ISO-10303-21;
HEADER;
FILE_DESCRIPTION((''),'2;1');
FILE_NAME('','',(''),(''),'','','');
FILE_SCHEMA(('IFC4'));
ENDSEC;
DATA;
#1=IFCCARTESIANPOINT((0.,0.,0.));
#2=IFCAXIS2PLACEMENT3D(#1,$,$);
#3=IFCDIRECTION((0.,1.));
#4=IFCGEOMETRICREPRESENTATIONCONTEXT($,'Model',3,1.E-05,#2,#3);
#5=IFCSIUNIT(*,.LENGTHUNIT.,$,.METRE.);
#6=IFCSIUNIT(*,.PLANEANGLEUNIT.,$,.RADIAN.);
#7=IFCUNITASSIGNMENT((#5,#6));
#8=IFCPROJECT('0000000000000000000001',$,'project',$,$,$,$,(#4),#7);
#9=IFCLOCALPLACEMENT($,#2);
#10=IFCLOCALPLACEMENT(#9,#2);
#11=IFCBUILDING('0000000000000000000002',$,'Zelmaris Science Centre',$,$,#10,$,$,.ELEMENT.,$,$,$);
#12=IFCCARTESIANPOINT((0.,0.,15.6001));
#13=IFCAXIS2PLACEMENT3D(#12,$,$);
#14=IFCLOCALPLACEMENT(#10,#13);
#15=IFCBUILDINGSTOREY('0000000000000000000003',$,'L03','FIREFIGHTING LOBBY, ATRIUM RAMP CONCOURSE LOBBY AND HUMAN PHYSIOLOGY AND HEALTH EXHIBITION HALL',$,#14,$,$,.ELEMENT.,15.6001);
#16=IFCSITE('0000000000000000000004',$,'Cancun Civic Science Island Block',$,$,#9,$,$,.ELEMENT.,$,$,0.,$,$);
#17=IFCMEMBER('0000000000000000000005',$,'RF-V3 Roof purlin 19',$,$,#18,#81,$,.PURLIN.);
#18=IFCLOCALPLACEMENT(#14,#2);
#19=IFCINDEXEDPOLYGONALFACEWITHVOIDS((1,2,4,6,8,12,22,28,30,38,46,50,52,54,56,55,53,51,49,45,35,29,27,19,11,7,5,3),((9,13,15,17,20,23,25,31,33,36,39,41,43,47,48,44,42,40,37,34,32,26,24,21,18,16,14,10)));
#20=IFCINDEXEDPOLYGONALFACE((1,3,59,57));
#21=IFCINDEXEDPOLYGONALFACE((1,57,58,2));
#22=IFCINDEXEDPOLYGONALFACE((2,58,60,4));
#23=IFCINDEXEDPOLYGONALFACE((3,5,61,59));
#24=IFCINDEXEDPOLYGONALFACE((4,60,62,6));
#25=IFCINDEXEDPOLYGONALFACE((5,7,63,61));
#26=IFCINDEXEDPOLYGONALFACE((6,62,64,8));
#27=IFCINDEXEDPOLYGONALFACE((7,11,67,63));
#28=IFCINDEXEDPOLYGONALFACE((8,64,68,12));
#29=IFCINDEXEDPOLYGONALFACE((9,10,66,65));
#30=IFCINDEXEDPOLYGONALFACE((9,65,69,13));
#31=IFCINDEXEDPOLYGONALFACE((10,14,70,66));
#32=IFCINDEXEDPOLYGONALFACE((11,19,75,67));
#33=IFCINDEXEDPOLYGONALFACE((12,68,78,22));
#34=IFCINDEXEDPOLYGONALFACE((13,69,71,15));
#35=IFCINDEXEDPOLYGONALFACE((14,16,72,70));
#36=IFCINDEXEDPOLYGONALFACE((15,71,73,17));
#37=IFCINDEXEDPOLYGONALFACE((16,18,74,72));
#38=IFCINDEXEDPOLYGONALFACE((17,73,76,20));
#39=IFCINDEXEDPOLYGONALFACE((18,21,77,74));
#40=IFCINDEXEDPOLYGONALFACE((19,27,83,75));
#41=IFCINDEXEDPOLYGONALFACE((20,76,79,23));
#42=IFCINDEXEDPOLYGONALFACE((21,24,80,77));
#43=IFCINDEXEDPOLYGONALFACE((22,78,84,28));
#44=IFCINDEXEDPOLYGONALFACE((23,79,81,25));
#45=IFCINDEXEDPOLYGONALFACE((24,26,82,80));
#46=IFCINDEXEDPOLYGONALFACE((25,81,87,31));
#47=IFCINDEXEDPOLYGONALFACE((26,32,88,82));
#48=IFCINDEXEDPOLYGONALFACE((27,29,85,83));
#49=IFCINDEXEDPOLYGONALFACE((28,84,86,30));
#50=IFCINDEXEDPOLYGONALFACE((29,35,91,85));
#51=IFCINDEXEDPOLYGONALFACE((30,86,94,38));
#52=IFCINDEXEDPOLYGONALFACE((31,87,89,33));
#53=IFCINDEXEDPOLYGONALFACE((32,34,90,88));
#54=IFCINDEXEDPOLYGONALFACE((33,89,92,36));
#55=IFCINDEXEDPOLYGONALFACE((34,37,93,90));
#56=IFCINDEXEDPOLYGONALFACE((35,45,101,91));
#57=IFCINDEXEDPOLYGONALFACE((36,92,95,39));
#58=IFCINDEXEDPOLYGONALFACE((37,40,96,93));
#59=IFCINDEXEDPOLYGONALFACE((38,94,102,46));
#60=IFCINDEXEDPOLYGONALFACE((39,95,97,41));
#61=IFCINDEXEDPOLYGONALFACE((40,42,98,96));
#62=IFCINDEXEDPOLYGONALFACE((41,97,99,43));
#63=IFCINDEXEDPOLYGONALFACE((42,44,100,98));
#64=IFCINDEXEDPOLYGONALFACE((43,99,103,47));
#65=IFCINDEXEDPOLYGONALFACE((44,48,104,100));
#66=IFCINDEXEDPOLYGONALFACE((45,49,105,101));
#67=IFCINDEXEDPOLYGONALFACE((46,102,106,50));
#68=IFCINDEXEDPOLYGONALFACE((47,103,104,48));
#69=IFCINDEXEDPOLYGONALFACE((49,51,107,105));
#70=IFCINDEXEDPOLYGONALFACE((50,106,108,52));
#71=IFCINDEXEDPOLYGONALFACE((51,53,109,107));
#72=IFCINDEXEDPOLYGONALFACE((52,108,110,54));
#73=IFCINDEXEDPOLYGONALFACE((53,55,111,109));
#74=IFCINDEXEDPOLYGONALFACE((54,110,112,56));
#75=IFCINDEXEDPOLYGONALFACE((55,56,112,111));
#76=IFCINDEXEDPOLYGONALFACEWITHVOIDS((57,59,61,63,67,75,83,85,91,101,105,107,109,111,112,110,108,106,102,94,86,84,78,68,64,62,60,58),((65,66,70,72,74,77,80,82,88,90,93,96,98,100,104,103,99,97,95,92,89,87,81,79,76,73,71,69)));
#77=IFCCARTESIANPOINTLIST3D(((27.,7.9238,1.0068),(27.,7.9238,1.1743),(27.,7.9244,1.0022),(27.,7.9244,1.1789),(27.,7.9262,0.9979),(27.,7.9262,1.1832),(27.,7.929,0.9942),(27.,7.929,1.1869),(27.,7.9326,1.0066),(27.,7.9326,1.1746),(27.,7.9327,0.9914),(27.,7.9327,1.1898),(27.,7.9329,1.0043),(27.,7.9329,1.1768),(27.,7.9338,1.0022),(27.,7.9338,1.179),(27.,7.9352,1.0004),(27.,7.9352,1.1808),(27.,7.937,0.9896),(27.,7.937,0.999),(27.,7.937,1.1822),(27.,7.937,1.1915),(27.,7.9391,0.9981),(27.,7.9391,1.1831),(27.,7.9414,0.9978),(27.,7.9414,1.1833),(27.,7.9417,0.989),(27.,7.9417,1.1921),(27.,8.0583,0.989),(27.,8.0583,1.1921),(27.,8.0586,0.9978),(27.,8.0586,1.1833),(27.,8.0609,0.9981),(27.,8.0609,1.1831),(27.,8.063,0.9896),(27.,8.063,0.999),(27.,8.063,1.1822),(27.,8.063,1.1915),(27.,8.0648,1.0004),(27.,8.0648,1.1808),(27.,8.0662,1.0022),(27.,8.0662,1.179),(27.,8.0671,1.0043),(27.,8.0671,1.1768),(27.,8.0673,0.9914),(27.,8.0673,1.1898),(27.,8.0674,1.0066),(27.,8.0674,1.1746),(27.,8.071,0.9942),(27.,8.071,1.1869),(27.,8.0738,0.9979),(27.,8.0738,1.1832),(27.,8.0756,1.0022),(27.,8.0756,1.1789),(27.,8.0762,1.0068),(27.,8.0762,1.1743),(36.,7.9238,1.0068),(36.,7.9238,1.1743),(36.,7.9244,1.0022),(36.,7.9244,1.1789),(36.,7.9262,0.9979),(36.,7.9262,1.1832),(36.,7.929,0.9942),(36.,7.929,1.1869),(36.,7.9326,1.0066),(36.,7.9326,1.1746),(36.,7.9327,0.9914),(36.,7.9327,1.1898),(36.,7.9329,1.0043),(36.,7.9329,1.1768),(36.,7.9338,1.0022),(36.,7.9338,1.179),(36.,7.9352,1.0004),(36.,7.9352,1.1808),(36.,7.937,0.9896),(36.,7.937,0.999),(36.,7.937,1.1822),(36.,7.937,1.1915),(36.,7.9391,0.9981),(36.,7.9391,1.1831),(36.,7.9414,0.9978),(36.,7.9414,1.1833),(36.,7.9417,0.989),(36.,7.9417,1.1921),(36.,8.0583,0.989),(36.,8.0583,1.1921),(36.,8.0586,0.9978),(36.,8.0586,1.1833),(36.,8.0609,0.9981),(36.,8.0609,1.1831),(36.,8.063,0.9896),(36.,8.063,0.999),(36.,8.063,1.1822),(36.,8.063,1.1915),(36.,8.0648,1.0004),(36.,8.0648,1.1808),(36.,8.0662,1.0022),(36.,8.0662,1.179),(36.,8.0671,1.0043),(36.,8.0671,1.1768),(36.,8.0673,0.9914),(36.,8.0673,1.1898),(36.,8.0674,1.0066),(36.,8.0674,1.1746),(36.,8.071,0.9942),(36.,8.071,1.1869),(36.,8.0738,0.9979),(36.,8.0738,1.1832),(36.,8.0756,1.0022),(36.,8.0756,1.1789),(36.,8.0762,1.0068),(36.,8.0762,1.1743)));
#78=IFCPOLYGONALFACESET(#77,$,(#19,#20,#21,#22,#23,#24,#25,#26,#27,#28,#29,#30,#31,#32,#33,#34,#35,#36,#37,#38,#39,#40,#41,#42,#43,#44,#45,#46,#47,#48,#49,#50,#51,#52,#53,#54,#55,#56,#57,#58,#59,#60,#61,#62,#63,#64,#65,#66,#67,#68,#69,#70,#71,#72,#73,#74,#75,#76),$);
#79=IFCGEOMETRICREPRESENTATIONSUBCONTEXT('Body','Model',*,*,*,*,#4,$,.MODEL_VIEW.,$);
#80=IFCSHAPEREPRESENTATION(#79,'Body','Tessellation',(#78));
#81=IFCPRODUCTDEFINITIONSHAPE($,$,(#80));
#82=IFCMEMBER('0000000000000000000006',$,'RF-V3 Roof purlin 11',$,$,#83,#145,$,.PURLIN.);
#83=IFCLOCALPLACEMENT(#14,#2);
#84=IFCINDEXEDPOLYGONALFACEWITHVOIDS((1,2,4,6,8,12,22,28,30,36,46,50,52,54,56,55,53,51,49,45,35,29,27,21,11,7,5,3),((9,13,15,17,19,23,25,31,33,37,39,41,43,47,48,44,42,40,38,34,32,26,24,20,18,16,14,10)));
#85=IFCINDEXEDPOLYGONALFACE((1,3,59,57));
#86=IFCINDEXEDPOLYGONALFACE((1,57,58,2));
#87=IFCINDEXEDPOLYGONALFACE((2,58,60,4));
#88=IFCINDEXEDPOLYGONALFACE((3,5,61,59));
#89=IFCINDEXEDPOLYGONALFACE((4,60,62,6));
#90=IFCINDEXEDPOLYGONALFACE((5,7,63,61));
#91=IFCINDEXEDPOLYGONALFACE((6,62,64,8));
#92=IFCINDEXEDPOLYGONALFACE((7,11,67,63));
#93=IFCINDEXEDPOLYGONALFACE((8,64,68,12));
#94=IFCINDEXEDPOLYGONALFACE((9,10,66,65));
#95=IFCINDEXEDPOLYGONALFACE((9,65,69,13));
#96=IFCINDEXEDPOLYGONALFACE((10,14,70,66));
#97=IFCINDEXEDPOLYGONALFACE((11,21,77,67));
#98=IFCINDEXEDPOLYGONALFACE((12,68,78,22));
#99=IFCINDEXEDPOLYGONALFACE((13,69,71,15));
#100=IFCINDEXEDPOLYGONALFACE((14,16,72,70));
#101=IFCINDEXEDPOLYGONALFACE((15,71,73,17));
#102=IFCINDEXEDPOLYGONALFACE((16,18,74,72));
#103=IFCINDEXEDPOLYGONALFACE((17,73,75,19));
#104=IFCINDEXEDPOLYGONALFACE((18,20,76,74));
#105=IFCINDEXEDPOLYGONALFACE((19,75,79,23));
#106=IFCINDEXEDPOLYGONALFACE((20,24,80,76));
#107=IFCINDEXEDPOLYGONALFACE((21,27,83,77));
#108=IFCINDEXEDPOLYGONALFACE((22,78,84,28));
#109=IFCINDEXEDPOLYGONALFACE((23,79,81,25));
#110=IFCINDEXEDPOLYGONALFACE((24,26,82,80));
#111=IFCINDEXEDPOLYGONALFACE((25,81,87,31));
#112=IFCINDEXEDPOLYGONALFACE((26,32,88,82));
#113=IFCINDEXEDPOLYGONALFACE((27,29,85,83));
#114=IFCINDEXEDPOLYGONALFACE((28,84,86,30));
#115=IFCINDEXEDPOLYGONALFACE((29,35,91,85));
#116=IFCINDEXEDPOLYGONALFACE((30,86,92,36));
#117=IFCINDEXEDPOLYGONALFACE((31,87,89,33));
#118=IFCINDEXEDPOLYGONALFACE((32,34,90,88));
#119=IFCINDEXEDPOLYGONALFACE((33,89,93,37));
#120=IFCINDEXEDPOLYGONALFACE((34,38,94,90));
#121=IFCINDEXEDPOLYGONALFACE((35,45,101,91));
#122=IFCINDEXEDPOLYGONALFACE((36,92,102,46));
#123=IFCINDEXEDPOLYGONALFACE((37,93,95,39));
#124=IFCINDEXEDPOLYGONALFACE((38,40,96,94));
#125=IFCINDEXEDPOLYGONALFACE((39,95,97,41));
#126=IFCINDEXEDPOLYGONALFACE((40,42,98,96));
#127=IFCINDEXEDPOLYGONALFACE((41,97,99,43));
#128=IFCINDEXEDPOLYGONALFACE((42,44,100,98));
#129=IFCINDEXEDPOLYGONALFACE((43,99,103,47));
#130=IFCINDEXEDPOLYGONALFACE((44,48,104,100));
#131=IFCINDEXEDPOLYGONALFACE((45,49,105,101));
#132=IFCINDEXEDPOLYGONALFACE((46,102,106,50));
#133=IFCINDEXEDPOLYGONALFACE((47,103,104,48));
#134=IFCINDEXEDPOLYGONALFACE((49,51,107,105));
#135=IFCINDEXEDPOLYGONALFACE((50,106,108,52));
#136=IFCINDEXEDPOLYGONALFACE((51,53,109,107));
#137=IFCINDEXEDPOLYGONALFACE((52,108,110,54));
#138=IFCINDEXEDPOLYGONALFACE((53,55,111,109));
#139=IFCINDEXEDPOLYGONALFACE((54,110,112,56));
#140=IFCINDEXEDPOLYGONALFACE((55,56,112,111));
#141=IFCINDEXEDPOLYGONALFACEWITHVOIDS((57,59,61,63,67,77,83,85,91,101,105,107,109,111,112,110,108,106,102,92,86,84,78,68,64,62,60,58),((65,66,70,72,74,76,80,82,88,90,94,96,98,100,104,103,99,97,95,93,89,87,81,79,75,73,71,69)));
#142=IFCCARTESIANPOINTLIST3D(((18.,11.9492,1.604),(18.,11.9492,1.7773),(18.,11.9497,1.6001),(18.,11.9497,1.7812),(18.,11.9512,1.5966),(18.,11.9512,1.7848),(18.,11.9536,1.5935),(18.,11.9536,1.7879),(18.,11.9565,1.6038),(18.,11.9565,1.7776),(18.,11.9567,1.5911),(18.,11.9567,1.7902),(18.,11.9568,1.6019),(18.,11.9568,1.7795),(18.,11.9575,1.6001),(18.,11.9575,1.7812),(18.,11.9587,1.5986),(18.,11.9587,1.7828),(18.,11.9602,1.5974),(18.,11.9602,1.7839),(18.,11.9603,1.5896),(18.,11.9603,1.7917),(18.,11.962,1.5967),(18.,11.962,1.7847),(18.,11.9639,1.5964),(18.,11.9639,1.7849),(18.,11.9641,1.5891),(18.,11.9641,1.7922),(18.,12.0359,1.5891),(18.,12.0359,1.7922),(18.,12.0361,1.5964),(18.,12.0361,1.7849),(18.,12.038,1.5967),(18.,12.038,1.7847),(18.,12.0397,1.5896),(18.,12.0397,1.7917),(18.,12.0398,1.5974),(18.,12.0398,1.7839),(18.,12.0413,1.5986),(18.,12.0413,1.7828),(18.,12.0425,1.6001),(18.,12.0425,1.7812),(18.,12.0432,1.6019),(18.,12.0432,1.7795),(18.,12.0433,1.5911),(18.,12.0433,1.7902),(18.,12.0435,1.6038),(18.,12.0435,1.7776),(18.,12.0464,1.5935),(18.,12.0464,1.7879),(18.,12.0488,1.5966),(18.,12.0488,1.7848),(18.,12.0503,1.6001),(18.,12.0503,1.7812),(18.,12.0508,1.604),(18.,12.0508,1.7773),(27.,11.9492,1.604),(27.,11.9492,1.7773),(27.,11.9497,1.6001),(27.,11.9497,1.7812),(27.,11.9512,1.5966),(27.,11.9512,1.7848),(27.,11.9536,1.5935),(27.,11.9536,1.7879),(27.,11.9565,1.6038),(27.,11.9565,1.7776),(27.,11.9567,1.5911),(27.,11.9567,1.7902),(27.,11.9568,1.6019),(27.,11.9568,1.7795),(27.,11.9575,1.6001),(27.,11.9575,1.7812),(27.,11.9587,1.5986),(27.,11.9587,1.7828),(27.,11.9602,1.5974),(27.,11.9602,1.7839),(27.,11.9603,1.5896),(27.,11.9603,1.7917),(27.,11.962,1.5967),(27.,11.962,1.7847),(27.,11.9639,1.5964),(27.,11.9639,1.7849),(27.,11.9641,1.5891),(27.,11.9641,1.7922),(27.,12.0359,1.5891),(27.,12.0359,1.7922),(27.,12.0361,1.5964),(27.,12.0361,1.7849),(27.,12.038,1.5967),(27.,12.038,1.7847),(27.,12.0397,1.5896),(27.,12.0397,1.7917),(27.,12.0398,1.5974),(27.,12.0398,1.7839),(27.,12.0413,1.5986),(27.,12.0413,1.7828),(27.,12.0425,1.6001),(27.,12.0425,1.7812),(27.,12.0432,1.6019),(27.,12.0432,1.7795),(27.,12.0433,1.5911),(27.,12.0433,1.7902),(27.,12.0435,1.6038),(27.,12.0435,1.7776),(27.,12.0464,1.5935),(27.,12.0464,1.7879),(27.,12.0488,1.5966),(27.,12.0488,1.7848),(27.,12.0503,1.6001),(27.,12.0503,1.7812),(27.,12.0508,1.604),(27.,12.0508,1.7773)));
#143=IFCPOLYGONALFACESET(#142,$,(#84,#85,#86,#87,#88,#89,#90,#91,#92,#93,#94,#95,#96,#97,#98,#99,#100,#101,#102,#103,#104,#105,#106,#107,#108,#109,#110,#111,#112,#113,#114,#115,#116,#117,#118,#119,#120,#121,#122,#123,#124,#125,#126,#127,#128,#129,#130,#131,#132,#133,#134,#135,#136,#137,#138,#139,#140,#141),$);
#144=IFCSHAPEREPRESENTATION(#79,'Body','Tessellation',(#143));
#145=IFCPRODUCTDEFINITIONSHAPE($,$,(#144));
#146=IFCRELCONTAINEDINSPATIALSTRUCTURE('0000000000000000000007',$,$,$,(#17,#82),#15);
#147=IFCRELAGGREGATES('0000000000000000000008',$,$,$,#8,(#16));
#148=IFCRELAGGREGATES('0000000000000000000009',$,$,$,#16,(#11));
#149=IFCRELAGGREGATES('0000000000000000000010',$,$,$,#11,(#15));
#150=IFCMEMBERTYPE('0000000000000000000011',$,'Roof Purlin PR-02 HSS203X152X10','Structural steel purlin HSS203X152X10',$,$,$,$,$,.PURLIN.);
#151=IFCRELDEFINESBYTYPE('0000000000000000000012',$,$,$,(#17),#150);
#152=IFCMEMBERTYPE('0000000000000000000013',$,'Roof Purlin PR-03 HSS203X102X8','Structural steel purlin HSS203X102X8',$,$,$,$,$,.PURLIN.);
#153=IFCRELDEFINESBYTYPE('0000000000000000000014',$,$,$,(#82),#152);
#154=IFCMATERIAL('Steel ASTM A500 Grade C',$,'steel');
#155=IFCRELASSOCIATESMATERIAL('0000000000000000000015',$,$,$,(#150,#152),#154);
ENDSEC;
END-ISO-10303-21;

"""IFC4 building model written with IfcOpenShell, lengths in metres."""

from ifc_helpers import new_model, si_unit, direction, frame, origin, origin_2d, place, context, subcontext, project, spatial, hollow_rectangle, extrude, material, material_profile, profile_set, type_object, element, save


model = new_model("IFC4")

# Units and contexts
model_context = context("Model", 3, precision=1e-05, world=origin(), true_north=direction((0.0, 1.0)))
body_context = subcontext(model_context, "Body", "Model", "MODEL_VIEW")
ifc_project = project(units=[si_unit("LENGTHUNIT", "METRE"), si_unit("PLANEANGLEUNIT", "RADIAN")], contexts=[model_context])

# Site, building, storey
site_placement = place(None, origin())
site = spatial("IfcSite", under=ifc_project, at=site_placement, Name="Cancun Civic Science Island Block", CompositionType="ELEMENT", RefElevation=0.0)
building_placement = place(site_placement, origin())
building = spatial("IfcBuilding", under=site, at=building_placement, Name="Zelmaris Science Centre", CompositionType="ELEMENT")
storey_placement = place(building_placement, frame((0.0, 0.0, 15.6001)))
storey = spatial("IfcBuildingStorey", under=building, at=storey_placement, Name="L03", Description="FIREFIGHTING LOBBY, ATRIUM RAMP CONCOURSE LOBBY AND HUMAN PHYSIOLOGY AND HEALTH EXHIBITION HALL", CompositionType="ELEMENT", Elevation=15.6001)

# Shared definitions
ifc_material = material(Name="Steel ASTM A500 Grade C", Category="steel")

# Members
ifc_material_profile_1 = material_profile(ifc_material, hollow_rectangle(XDim=0.1523, YDim=0.2031, WallThickness=0.0088, InnerFilletRadius=0.0088, OuterFilletRadius=0.0178, at=origin_2d()), Name="HSS203X152X10")
ifc_profile_set_1 = profile_set([ifc_material_profile_1], Name="Steel ASTM A500 Grade C")
member_type_1 = type_object("IfcMemberType", Name="Roof Purlin PR-02 HSS203X152X10", Description="Structural steel purlin HSS203X152X10", PredefinedType="PURLIN", material=ifc_profile_set_1)
for number, where, z_axis, x_axis, name in (
    (1, (27.0, 8.0, 1.0906), (1.0, 0.0, 0.0), (0.0, 1.0, 0.0), "RF-V3 Roof purlin 19"),
):
    element("IfcMember", number, at=place(storey_placement, frame(where, z_axis=z_axis, x_axis=x_axis)), inside=storey, type_object=member_type_1, Name=name, PredefinedType="PURLIN", context=body_context, shape_type="SweptSolid", body=[
        extrude(hollow_rectangle(XDim=0.1523, YDim=0.2031, WallThickness=0.0088, InnerFilletRadius=0.0088, OuterFilletRadius=0.0178, at=origin_2d()), origin(), (0.0, 0.0, 1.0), 9.0),
    ])
ifc_material_profile_2 = material_profile(ifc_material, hollow_rectangle(XDim=0.1016, YDim=0.2031, WallThickness=0.0073, InnerFilletRadius=0.0073, OuterFilletRadius=0.0149, at=origin_2d()), Name="HSS203X102X8")
ifc_profile_set_2 = profile_set([ifc_material_profile_2], Name="Steel ASTM A500 Grade C")
member_type_2 = type_object("IfcMemberType", Name="Roof Purlin PR-03 HSS203X102X8", Description="Structural steel purlin HSS203X102X8", PredefinedType="PURLIN", material=ifc_profile_set_2)
for number, where, z_axis, x_axis, name in (
    (2, (18.0, 12.0, 1.6907), (1.0, 0.0, 0.0), (0.0, 1.0, 0.0), "RF-V3 Roof purlin 11"),
):
    element("IfcMember", number, at=place(storey_placement, frame(where, z_axis=z_axis, x_axis=x_axis)), inside=storey, type_object=member_type_2, Name=name, PredefinedType="PURLIN", context=body_context, shape_type="SweptSolid", body=[
        extrude(hollow_rectangle(XDim=0.1016, YDim=0.2031, WallThickness=0.0073, InnerFilletRadius=0.0073, OuterFilletRadius=0.0149, at=origin_2d()), origin(), (0.0, 0.0, 1.0), 9.0),
    ])

save(model, "model.ifc")
